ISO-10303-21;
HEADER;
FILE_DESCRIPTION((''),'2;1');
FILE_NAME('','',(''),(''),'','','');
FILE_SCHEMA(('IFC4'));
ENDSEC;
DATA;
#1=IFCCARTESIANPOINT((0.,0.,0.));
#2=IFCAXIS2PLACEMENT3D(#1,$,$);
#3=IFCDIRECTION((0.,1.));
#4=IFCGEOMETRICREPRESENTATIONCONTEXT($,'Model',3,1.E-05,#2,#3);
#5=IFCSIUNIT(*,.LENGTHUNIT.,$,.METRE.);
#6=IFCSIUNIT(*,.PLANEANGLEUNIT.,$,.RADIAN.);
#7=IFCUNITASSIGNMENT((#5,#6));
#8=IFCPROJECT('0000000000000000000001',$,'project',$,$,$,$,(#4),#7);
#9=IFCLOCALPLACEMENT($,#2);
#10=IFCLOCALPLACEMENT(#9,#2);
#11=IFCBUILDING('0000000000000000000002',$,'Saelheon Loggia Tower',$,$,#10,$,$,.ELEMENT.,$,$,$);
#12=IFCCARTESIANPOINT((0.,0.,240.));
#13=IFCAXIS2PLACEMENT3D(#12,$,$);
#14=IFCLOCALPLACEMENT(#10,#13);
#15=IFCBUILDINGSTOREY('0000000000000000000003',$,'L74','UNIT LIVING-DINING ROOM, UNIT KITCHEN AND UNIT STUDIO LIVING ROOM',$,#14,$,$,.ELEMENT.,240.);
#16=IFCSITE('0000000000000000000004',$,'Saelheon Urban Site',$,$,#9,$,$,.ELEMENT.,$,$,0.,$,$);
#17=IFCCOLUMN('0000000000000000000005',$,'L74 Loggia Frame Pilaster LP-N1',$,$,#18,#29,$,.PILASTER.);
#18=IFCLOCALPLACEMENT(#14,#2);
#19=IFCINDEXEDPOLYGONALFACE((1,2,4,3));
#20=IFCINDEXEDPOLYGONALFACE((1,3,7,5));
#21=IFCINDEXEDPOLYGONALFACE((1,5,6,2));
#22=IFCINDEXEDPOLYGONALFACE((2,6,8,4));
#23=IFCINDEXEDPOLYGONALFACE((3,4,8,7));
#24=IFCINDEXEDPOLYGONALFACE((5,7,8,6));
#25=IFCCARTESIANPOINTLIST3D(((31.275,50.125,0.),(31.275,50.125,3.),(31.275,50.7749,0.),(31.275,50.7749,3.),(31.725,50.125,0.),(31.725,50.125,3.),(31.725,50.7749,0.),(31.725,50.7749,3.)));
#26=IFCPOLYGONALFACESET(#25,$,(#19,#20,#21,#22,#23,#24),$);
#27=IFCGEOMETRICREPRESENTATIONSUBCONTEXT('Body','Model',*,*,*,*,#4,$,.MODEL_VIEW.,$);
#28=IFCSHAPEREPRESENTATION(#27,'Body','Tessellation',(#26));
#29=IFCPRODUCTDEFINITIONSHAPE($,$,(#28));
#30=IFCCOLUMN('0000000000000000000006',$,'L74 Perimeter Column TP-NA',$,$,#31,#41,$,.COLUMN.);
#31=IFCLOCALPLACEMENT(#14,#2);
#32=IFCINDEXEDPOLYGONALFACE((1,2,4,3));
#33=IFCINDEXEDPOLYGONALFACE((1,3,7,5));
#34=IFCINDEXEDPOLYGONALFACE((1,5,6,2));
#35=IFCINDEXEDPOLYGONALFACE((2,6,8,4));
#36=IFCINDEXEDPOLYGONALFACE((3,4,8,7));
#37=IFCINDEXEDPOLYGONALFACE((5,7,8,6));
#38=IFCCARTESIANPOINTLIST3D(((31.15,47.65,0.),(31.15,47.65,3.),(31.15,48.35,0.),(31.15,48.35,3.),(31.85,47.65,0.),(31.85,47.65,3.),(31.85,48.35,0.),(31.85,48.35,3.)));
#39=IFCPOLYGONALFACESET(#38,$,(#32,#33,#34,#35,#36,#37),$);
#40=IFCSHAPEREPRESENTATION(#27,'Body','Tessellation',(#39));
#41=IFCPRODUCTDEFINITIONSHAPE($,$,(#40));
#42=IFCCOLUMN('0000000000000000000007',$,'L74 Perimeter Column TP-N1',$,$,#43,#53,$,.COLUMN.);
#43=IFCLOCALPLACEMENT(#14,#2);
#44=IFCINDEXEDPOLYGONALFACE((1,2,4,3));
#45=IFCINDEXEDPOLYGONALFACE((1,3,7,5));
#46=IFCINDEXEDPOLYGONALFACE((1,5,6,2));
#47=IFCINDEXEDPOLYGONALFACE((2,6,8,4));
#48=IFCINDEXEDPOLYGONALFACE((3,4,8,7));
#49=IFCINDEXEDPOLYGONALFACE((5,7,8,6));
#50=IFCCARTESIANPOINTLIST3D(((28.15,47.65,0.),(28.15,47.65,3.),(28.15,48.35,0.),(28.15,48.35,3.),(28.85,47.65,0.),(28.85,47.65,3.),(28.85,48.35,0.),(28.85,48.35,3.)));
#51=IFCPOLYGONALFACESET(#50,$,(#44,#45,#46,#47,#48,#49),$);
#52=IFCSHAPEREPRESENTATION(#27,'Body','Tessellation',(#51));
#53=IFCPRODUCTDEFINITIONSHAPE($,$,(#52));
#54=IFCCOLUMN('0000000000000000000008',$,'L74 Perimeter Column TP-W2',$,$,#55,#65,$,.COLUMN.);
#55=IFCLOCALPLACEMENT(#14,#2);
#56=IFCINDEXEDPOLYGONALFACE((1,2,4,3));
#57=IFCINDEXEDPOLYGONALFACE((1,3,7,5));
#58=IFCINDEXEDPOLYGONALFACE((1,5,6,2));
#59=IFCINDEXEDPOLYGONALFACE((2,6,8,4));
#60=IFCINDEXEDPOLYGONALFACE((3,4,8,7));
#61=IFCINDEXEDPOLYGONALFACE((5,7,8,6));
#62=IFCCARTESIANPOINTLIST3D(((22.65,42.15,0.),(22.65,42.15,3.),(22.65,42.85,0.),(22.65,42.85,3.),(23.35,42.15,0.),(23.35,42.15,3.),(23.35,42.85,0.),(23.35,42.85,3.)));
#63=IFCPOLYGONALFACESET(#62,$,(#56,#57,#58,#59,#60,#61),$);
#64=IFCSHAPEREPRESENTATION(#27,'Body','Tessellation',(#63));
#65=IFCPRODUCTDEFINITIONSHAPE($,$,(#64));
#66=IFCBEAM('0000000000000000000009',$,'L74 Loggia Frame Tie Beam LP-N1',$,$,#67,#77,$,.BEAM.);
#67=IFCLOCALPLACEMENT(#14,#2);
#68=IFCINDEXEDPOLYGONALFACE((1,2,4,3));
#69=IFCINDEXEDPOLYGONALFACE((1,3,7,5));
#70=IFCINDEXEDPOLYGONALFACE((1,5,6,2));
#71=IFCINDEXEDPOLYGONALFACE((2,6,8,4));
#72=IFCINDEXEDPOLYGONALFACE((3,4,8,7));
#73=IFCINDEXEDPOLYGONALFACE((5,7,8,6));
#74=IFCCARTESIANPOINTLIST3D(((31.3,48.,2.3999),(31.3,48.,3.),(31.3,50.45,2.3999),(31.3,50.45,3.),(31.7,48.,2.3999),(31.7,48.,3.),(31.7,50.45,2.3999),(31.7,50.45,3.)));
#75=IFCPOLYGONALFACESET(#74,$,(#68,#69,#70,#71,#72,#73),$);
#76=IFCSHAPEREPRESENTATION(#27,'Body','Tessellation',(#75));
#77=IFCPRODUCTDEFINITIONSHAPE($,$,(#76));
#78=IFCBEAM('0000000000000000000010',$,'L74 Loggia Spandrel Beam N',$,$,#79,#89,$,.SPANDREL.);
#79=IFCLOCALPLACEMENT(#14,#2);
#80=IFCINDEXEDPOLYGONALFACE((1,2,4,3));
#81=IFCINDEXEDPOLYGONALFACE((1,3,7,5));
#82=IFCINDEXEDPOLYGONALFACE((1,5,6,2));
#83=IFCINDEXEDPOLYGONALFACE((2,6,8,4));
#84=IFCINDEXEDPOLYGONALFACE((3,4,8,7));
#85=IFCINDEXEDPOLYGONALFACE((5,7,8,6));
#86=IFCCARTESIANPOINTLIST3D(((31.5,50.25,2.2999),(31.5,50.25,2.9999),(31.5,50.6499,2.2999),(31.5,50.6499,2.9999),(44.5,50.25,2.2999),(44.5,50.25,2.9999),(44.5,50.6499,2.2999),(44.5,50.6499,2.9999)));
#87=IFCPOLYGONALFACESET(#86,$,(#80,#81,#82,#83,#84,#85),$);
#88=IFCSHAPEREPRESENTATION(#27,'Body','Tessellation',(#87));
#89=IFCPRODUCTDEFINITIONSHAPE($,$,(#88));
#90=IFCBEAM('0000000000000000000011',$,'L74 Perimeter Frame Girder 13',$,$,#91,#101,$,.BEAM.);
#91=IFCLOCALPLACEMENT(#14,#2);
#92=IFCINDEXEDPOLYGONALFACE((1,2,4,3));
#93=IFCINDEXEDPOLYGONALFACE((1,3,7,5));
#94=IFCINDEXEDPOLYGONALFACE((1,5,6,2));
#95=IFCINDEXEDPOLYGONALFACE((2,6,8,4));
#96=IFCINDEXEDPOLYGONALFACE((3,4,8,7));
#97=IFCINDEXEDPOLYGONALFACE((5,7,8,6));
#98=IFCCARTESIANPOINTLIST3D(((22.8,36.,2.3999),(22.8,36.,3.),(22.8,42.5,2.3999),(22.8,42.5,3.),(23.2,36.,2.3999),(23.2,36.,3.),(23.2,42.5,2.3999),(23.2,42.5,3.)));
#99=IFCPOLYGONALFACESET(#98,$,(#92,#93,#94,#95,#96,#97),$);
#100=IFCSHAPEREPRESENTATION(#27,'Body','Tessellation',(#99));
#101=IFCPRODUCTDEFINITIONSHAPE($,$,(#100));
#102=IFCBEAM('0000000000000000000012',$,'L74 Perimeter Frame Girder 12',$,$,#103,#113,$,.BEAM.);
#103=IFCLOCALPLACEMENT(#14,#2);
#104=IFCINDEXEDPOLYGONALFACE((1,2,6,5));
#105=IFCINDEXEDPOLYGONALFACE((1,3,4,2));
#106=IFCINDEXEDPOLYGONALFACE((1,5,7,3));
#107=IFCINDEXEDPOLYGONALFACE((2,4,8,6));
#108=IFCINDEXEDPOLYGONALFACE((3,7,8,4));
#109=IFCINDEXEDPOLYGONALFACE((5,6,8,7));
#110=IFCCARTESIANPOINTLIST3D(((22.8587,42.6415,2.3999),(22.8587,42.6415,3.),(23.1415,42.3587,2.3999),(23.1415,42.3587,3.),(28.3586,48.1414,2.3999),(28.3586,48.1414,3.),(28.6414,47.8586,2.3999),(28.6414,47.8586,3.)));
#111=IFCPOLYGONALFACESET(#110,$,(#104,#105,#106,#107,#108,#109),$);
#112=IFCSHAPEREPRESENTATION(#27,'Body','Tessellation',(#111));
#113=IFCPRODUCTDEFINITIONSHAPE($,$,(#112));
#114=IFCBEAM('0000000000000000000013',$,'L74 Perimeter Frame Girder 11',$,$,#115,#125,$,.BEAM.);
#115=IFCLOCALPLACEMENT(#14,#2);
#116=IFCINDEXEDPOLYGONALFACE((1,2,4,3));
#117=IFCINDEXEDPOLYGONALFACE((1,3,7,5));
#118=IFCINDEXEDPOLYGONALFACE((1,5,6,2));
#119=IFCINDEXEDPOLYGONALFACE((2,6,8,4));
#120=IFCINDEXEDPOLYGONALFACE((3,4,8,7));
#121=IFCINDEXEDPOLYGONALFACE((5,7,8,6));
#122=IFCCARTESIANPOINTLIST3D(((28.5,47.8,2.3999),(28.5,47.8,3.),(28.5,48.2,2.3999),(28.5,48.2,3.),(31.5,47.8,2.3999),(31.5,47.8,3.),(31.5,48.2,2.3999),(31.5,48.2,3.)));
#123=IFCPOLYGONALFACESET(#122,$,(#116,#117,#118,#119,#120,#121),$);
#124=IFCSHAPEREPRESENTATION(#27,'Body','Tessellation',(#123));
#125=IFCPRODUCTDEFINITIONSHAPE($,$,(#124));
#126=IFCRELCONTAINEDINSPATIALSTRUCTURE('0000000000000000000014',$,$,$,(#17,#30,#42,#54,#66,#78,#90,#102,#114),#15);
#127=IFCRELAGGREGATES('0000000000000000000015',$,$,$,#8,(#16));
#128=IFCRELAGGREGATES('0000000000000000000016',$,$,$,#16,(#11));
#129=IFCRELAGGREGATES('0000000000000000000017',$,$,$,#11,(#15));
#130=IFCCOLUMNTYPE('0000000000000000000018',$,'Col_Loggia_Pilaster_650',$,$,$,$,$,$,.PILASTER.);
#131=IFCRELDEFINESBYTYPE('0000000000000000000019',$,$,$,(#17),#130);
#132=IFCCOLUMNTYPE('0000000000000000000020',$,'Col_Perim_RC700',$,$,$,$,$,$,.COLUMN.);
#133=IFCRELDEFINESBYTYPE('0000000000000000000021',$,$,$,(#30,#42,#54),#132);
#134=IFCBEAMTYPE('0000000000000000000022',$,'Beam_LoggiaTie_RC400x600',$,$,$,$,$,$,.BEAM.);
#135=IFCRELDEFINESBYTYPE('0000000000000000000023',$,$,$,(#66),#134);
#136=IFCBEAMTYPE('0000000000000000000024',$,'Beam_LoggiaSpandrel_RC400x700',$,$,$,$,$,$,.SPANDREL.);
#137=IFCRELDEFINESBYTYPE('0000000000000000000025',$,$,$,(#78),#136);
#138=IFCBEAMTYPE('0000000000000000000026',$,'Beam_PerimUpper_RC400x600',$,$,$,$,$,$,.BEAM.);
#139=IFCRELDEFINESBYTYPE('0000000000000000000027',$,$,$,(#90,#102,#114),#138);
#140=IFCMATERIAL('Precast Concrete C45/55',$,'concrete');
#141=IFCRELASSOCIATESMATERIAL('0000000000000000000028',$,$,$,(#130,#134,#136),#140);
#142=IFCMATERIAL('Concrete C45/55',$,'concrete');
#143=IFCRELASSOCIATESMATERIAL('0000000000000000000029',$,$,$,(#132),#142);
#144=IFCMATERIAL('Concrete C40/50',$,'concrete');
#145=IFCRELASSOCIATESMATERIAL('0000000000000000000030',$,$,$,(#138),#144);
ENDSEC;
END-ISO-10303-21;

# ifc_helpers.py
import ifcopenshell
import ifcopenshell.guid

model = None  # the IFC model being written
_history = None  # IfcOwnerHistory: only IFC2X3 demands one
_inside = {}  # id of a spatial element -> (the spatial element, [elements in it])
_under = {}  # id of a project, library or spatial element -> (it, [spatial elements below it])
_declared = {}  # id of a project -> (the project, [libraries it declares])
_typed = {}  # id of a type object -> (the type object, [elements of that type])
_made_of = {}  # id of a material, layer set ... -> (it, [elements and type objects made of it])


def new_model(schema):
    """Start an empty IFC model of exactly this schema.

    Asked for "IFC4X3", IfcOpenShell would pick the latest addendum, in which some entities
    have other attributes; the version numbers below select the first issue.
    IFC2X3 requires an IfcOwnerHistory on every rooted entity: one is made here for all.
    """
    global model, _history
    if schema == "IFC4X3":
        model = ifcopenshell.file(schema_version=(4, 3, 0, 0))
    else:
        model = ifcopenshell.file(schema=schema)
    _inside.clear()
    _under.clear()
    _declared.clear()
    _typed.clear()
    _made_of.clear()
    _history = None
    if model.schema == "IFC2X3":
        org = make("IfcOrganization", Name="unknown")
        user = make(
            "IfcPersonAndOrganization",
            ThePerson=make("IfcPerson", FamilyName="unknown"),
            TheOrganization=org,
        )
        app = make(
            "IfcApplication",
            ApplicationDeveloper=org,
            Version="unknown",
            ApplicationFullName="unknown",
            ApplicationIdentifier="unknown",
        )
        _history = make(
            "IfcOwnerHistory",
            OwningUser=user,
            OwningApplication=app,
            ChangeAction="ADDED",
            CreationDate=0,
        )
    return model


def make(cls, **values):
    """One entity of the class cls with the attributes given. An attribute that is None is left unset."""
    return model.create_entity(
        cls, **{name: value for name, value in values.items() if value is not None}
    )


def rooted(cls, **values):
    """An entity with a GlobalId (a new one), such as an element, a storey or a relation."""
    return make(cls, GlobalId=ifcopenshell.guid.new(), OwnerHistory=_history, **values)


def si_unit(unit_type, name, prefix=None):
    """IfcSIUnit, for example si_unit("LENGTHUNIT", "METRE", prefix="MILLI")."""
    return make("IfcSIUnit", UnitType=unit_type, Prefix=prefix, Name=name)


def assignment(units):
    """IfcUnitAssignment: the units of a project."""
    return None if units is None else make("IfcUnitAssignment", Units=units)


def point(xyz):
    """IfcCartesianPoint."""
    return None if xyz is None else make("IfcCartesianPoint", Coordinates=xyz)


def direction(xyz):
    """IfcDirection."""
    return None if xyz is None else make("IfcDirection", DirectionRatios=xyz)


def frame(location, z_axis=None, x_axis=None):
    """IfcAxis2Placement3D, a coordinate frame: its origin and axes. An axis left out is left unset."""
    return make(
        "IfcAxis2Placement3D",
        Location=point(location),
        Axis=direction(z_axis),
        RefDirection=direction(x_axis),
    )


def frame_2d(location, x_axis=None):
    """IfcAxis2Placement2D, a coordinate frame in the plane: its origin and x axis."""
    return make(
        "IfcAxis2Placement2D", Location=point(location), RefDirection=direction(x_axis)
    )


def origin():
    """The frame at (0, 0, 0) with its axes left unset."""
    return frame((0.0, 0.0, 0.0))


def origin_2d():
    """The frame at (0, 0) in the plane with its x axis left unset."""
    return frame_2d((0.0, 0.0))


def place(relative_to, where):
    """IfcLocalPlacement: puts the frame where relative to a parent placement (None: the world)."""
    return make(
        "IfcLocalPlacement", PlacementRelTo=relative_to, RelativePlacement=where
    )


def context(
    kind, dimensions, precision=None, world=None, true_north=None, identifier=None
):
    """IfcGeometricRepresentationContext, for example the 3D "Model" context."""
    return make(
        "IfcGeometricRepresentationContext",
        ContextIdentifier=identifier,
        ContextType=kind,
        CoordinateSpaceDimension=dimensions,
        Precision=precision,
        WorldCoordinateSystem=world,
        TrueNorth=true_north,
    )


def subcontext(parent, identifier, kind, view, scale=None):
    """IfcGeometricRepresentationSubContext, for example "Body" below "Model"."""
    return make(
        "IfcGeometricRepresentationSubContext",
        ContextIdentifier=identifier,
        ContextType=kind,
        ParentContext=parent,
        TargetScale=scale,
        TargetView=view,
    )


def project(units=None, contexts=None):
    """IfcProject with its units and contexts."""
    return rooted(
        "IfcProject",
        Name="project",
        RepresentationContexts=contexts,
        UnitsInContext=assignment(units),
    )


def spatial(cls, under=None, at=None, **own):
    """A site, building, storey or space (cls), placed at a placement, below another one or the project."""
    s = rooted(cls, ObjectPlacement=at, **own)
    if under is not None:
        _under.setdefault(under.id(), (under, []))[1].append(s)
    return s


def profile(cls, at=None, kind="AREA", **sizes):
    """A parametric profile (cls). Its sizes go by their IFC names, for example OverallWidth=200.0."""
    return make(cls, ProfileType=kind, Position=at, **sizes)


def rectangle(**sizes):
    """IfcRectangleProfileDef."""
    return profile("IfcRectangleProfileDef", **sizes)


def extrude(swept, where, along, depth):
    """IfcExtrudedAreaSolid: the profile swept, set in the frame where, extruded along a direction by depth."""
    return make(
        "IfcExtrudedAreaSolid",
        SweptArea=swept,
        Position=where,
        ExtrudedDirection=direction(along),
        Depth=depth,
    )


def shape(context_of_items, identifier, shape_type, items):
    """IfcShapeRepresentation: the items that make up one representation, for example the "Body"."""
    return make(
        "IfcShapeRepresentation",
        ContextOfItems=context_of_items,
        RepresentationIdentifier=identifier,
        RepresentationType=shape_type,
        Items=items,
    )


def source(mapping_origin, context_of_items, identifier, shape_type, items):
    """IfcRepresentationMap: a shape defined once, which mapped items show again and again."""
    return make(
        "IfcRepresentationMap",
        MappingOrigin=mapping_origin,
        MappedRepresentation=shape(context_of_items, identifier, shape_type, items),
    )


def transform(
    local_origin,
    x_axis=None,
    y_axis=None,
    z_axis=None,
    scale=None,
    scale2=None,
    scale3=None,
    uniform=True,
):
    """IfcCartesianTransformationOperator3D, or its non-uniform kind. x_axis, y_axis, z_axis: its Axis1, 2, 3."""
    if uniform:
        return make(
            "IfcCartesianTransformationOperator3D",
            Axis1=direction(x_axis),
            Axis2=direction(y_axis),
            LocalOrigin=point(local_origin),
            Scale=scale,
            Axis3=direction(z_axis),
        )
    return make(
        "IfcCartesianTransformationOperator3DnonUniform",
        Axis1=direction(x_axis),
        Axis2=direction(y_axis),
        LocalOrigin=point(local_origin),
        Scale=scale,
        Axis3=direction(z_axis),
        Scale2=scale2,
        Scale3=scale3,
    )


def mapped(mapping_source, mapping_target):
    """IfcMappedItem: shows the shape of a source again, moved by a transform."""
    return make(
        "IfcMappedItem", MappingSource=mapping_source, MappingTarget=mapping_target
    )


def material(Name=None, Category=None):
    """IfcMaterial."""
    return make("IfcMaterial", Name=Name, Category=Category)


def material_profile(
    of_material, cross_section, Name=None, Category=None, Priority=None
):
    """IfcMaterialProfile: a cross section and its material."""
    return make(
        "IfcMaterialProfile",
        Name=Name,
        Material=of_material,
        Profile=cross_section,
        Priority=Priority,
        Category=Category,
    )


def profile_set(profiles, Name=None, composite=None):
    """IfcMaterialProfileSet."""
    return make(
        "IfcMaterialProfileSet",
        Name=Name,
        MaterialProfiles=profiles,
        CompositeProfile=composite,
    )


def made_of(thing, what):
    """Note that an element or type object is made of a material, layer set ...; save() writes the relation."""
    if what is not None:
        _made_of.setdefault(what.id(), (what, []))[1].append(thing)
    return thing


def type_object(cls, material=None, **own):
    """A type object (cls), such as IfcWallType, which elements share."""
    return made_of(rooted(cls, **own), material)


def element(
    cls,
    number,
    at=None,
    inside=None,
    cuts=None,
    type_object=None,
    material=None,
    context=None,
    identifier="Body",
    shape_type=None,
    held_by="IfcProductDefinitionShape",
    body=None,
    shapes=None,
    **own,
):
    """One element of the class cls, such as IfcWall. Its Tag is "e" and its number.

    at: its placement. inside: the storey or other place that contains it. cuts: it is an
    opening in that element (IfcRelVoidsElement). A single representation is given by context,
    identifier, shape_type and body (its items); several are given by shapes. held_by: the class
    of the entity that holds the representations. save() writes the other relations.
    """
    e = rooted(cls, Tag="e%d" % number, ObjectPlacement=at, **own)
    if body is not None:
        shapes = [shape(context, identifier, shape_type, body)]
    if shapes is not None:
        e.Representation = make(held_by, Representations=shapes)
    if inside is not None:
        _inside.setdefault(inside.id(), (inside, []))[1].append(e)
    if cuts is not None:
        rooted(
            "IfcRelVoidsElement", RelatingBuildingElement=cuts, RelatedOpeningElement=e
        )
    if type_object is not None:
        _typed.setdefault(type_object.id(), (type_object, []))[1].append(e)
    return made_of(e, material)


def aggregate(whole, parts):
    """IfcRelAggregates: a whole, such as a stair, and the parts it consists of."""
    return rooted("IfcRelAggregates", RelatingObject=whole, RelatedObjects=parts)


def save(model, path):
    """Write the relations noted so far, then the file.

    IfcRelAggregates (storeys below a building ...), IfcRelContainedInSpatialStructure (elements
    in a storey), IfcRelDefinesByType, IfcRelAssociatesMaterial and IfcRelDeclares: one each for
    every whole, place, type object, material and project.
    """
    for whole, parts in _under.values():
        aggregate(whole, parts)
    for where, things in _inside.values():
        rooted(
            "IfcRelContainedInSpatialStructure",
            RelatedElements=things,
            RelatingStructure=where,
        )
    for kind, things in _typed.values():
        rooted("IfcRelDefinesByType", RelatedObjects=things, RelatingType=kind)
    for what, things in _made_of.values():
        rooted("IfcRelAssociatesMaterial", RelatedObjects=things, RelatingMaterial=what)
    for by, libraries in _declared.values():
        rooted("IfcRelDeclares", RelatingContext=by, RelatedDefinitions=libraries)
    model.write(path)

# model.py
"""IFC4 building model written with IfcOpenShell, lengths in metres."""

from ifc_helpers import new_model, si_unit, direction, frame, origin, origin_2d, place, context, subcontext, project, spatial, rectangle, extrude, source, transform, mapped, material, material_profile, profile_set, type_object, element, save


model = new_model("IFC4")

# Units and contexts
model_context = context("Model", 3, precision=1e-05, world=origin(), true_north=direction((0.0, 1.0)))
body_context = subcontext(model_context, "Body", "Model", "MODEL_VIEW")
ifc_project = project(units=[si_unit("LENGTHUNIT", "METRE"), si_unit("PLANEANGLEUNIT", "RADIAN")], contexts=[model_context])

# Site, building, storey
site_placement = place(None, origin())
site = spatial("IfcSite", under=ifc_project, at=site_placement, Name="Saelheon Urban Site", CompositionType="ELEMENT", RefElevation=0.0)
building_placement = place(site_placement, origin())
building = spatial("IfcBuilding", under=site, at=building_placement, Name="Saelheon Loggia Tower", CompositionType="ELEMENT")
storey_placement = place(building_placement, frame((0.0, 0.0, 240.0)))
storey = spatial("IfcBuildingStorey", under=building, at=storey_placement, Name="L74", Description="UNIT LIVING-DINING ROOM, UNIT KITCHEN AND UNIT STUDIO LIVING ROOM", CompositionType="ELEMENT", Elevation=240.0)

# Columns
ifc_material_1 = material(Name="Precast Concrete C45/55", Category="concrete")
ifc_material_profile_1 = material_profile(ifc_material_1, rectangle(XDim=0.45, YDim=0.6499, at=origin_2d()), Name="RC-450x650")
ifc_profile_set_1 = profile_set([ifc_material_profile_1], Name="Precast Concrete C45/55")
column_type_1 = type_object("IfcColumnType", Name="Col_Loggia_Pilaster_650", PredefinedType="PILASTER", material=ifc_profile_set_1)
shared_shape_1 = source(origin(), body_context, "Body", "SweptSolid", [
    extrude(rectangle(XDim=0.45, YDim=0.6499, at=origin_2d()), origin(), (0.0, 0.0, 1.0), 3.0),
])
column_placement = place(storey_placement, frame((31.5, 50.45, 0.0), z_axis=(0.0, 0.0, 1.0), x_axis=(1.0, 0.0, 0.0)))
element("IfcColumn", 1, at=column_placement, inside=storey, type_object=column_type_1, Name="L74 Loggia Frame Pilaster LP-N1", PredefinedType="PILASTER", context=body_context, shape_type="MappedRepresentation", body=[
    mapped(shared_shape_1, transform((0.0, 0.0, 0.0), scale=1.0)),
])
ifc_material_2 = material(Name="Concrete C45/55", Category="concrete")
ifc_material_profile_2 = material_profile(ifc_material_2, rectangle(XDim=0.7, YDim=0.7, at=origin_2d()), Name="RC-700x700")
ifc_profile_set_2 = profile_set([ifc_material_profile_2], Name="Concrete C45/55")
column_type_2 = type_object("IfcColumnType", Name="Col_Perim_RC700", PredefinedType="COLUMN", material=ifc_profile_set_2)
shared_shape_2 = source(origin(), body_context, "Body", "SweptSolid", [
    extrude(rectangle(XDim=0.7, YDim=0.7, at=origin_2d()), origin(), (0.0, 0.0, 1.0), 3.0),
])
for number, where, z_axis, x_axis, name in (
    (2, (31.5, 48.0, 0.0), (0.0, 0.0, 1.0), (1.0, 0.0, 0.0), "L74 Perimeter Column TP-NA"),
    (3, (28.5, 48.0, 0.0), (0.0, 0.0, 1.0), (1.0, 0.0, 0.0), "L74 Perimeter Column TP-N1"),
    (4, (23.0, 42.5, 0.0), (0.0, 0.0, 1.0), (1.0, 0.0, 0.0), "L74 Perimeter Column TP-W2"),
):
    element("IfcColumn", number, at=place(storey_placement, frame(where, z_axis=z_axis, x_axis=x_axis)), inside=storey, type_object=column_type_2, Name=name, PredefinedType="COLUMN", context=body_context, shape_type="MappedRepresentation", body=[
        mapped(shared_shape_2, transform((0.0, 0.0, 0.0), scale=1.0)),
    ])

# Beams
ifc_material_profile_3 = material_profile(ifc_material_1, rectangle(XDim=0.3999, YDim=0.6001, at=origin_2d()), Name="RC-400x600")
ifc_profile_set_3 = profile_set([ifc_material_profile_3], Name="Precast Concrete C45/55")
beam_type_1 = type_object("IfcBeamType", Name="Beam_LoggiaTie_RC400x600", PredefinedType="BEAM", material=ifc_profile_set_3)
shared_shape_3 = source(origin(), body_context, "Body", "SweptSolid", [
    extrude(rectangle(XDim=0.3999, YDim=0.6001, at=origin_2d()), origin(), (0.0, 0.0, 1.0), 2.45),
])
beam_1_placement = place(storey_placement, frame((31.5, 48.0, 2.7), z_axis=(0.0, 1.0, 0.0), x_axis=(-1.0, 0.0, 0.0)))
element("IfcBeam", 5, at=beam_1_placement, inside=storey, type_object=beam_type_1, Name="L74 Loggia Frame Tie Beam LP-N1", PredefinedType="BEAM", context=body_context, shape_type="MappedRepresentation", body=[
    mapped(shared_shape_3, transform((0.0, 0.0, 0.0), scale=1.0)),
])
ifc_material_profile_4 = material_profile(ifc_material_1, rectangle(XDim=0.3999, YDim=0.7, at=origin_2d()), Name="RC-400x700")
ifc_profile_set_4 = profile_set([ifc_material_profile_4], Name="Precast Concrete C45/55")
beam_type_2 = type_object("IfcBeamType", Name="Beam_LoggiaSpandrel_RC400x700", PredefinedType="SPANDREL", material=ifc_profile_set_4)
shared_shape_4 = source(origin(), body_context, "Body", "SweptSolid", [
    extrude(rectangle(XDim=0.3999, YDim=0.7, at=origin_2d()), origin(), (0.0, 0.0, 1.0), 13.0),
])
beam_2_placement = place(storey_placement, frame((31.5, 50.45, 2.6499), z_axis=(1.0, 0.0, 0.0), x_axis=(0.0, 1.0, 0.0)))
element("IfcBeam", 6, at=beam_2_placement, inside=storey, type_object=beam_type_2, Name="L74 Loggia Spandrel Beam N", PredefinedType="SPANDREL", context=body_context, shape_type="MappedRepresentation", body=[
    mapped(shared_shape_4, transform((0.0, 0.0, 0.0), scale=1.0)),
])
ifc_material_3 = material(Name="Concrete C40/50", Category="concrete")
ifc_material_profile_5 = material_profile(ifc_material_3, rectangle(XDim=0.3999, YDim=0.6001, at=origin_2d()), Name="RC-400x600")
ifc_profile_set_5 = profile_set([ifc_material_profile_5], Name="Concrete C40/50")
beam_type_3 = type_object("IfcBeamType", Name="Beam_PerimUpper_RC400x600", PredefinedType="BEAM", material=ifc_profile_set_5)
shared_shape_5 = source(origin(), body_context, "Body", "SweptSolid", [
    extrude(rectangle(XDim=0.3999, YDim=0.6001, at=origin_2d()), origin(), (0.0, 0.0, 1.0), 6.5),
])
beam_3_placement = place(storey_placement, frame((23.0, 42.5, 2.7), z_axis=(0.0, -1.0, 0.0), x_axis=(1.0, 0.0, 0.0)))
element("IfcBeam", 7, at=beam_3_placement, inside=storey, type_object=beam_type_3, Name="L74 Perimeter Frame Girder 13", PredefinedType="BEAM", context=body_context, shape_type="MappedRepresentation", body=[
    mapped(shared_shape_5, transform((0.0, 0.0, 0.0), scale=1.0)),
])
shared_shape_6 = source(origin(), body_context, "Body", "SweptSolid", [
    extrude(rectangle(XDim=0.3999, YDim=0.6001, at=origin_2d()), origin(), (0.0, 0.0, 1.0), 7.7781),
])
beam_4_placement = place(storey_placement, frame((28.5, 48.0, 2.7), z_axis=(-0.707107, -0.707107, 0.0), x_axis=(0.707107, -0.707107, 0.0)))
element("IfcBeam", 8, at=beam_4_placement, inside=storey, type_object=beam_type_3, Name="L74 Perimeter Frame Girder 12", PredefinedType="BEAM", context=body_context, shape_type="MappedRepresentation", body=[
    mapped(shared_shape_6, transform((0.0, 0.0, 0.0), scale=1.0)),
])
shared_shape_7 = source(origin(), body_context, "Body", "SweptSolid", [
    extrude(rectangle(XDim=0.3999, YDim=0.6001, at=origin_2d()), origin(), (0.0, 0.0, 1.0), 3.0),
])
beam_5_placement = place(storey_placement, frame((31.5, 48.0, 2.7), z_axis=(-1.0, 0.0, 0.0), x_axis=(0.0, -1.0, 0.0)))
element("IfcBeam", 9, at=beam_5_placement, inside=storey, type_object=beam_type_3, Name="L74 Perimeter Frame Girder 11", PredefinedType="BEAM", context=body_context, shape_type="MappedRepresentation", body=[
    mapped(shared_shape_7, transform((0.0, 0.0, 0.0), scale=1.0)),
])

save(model, "model.ifc")
